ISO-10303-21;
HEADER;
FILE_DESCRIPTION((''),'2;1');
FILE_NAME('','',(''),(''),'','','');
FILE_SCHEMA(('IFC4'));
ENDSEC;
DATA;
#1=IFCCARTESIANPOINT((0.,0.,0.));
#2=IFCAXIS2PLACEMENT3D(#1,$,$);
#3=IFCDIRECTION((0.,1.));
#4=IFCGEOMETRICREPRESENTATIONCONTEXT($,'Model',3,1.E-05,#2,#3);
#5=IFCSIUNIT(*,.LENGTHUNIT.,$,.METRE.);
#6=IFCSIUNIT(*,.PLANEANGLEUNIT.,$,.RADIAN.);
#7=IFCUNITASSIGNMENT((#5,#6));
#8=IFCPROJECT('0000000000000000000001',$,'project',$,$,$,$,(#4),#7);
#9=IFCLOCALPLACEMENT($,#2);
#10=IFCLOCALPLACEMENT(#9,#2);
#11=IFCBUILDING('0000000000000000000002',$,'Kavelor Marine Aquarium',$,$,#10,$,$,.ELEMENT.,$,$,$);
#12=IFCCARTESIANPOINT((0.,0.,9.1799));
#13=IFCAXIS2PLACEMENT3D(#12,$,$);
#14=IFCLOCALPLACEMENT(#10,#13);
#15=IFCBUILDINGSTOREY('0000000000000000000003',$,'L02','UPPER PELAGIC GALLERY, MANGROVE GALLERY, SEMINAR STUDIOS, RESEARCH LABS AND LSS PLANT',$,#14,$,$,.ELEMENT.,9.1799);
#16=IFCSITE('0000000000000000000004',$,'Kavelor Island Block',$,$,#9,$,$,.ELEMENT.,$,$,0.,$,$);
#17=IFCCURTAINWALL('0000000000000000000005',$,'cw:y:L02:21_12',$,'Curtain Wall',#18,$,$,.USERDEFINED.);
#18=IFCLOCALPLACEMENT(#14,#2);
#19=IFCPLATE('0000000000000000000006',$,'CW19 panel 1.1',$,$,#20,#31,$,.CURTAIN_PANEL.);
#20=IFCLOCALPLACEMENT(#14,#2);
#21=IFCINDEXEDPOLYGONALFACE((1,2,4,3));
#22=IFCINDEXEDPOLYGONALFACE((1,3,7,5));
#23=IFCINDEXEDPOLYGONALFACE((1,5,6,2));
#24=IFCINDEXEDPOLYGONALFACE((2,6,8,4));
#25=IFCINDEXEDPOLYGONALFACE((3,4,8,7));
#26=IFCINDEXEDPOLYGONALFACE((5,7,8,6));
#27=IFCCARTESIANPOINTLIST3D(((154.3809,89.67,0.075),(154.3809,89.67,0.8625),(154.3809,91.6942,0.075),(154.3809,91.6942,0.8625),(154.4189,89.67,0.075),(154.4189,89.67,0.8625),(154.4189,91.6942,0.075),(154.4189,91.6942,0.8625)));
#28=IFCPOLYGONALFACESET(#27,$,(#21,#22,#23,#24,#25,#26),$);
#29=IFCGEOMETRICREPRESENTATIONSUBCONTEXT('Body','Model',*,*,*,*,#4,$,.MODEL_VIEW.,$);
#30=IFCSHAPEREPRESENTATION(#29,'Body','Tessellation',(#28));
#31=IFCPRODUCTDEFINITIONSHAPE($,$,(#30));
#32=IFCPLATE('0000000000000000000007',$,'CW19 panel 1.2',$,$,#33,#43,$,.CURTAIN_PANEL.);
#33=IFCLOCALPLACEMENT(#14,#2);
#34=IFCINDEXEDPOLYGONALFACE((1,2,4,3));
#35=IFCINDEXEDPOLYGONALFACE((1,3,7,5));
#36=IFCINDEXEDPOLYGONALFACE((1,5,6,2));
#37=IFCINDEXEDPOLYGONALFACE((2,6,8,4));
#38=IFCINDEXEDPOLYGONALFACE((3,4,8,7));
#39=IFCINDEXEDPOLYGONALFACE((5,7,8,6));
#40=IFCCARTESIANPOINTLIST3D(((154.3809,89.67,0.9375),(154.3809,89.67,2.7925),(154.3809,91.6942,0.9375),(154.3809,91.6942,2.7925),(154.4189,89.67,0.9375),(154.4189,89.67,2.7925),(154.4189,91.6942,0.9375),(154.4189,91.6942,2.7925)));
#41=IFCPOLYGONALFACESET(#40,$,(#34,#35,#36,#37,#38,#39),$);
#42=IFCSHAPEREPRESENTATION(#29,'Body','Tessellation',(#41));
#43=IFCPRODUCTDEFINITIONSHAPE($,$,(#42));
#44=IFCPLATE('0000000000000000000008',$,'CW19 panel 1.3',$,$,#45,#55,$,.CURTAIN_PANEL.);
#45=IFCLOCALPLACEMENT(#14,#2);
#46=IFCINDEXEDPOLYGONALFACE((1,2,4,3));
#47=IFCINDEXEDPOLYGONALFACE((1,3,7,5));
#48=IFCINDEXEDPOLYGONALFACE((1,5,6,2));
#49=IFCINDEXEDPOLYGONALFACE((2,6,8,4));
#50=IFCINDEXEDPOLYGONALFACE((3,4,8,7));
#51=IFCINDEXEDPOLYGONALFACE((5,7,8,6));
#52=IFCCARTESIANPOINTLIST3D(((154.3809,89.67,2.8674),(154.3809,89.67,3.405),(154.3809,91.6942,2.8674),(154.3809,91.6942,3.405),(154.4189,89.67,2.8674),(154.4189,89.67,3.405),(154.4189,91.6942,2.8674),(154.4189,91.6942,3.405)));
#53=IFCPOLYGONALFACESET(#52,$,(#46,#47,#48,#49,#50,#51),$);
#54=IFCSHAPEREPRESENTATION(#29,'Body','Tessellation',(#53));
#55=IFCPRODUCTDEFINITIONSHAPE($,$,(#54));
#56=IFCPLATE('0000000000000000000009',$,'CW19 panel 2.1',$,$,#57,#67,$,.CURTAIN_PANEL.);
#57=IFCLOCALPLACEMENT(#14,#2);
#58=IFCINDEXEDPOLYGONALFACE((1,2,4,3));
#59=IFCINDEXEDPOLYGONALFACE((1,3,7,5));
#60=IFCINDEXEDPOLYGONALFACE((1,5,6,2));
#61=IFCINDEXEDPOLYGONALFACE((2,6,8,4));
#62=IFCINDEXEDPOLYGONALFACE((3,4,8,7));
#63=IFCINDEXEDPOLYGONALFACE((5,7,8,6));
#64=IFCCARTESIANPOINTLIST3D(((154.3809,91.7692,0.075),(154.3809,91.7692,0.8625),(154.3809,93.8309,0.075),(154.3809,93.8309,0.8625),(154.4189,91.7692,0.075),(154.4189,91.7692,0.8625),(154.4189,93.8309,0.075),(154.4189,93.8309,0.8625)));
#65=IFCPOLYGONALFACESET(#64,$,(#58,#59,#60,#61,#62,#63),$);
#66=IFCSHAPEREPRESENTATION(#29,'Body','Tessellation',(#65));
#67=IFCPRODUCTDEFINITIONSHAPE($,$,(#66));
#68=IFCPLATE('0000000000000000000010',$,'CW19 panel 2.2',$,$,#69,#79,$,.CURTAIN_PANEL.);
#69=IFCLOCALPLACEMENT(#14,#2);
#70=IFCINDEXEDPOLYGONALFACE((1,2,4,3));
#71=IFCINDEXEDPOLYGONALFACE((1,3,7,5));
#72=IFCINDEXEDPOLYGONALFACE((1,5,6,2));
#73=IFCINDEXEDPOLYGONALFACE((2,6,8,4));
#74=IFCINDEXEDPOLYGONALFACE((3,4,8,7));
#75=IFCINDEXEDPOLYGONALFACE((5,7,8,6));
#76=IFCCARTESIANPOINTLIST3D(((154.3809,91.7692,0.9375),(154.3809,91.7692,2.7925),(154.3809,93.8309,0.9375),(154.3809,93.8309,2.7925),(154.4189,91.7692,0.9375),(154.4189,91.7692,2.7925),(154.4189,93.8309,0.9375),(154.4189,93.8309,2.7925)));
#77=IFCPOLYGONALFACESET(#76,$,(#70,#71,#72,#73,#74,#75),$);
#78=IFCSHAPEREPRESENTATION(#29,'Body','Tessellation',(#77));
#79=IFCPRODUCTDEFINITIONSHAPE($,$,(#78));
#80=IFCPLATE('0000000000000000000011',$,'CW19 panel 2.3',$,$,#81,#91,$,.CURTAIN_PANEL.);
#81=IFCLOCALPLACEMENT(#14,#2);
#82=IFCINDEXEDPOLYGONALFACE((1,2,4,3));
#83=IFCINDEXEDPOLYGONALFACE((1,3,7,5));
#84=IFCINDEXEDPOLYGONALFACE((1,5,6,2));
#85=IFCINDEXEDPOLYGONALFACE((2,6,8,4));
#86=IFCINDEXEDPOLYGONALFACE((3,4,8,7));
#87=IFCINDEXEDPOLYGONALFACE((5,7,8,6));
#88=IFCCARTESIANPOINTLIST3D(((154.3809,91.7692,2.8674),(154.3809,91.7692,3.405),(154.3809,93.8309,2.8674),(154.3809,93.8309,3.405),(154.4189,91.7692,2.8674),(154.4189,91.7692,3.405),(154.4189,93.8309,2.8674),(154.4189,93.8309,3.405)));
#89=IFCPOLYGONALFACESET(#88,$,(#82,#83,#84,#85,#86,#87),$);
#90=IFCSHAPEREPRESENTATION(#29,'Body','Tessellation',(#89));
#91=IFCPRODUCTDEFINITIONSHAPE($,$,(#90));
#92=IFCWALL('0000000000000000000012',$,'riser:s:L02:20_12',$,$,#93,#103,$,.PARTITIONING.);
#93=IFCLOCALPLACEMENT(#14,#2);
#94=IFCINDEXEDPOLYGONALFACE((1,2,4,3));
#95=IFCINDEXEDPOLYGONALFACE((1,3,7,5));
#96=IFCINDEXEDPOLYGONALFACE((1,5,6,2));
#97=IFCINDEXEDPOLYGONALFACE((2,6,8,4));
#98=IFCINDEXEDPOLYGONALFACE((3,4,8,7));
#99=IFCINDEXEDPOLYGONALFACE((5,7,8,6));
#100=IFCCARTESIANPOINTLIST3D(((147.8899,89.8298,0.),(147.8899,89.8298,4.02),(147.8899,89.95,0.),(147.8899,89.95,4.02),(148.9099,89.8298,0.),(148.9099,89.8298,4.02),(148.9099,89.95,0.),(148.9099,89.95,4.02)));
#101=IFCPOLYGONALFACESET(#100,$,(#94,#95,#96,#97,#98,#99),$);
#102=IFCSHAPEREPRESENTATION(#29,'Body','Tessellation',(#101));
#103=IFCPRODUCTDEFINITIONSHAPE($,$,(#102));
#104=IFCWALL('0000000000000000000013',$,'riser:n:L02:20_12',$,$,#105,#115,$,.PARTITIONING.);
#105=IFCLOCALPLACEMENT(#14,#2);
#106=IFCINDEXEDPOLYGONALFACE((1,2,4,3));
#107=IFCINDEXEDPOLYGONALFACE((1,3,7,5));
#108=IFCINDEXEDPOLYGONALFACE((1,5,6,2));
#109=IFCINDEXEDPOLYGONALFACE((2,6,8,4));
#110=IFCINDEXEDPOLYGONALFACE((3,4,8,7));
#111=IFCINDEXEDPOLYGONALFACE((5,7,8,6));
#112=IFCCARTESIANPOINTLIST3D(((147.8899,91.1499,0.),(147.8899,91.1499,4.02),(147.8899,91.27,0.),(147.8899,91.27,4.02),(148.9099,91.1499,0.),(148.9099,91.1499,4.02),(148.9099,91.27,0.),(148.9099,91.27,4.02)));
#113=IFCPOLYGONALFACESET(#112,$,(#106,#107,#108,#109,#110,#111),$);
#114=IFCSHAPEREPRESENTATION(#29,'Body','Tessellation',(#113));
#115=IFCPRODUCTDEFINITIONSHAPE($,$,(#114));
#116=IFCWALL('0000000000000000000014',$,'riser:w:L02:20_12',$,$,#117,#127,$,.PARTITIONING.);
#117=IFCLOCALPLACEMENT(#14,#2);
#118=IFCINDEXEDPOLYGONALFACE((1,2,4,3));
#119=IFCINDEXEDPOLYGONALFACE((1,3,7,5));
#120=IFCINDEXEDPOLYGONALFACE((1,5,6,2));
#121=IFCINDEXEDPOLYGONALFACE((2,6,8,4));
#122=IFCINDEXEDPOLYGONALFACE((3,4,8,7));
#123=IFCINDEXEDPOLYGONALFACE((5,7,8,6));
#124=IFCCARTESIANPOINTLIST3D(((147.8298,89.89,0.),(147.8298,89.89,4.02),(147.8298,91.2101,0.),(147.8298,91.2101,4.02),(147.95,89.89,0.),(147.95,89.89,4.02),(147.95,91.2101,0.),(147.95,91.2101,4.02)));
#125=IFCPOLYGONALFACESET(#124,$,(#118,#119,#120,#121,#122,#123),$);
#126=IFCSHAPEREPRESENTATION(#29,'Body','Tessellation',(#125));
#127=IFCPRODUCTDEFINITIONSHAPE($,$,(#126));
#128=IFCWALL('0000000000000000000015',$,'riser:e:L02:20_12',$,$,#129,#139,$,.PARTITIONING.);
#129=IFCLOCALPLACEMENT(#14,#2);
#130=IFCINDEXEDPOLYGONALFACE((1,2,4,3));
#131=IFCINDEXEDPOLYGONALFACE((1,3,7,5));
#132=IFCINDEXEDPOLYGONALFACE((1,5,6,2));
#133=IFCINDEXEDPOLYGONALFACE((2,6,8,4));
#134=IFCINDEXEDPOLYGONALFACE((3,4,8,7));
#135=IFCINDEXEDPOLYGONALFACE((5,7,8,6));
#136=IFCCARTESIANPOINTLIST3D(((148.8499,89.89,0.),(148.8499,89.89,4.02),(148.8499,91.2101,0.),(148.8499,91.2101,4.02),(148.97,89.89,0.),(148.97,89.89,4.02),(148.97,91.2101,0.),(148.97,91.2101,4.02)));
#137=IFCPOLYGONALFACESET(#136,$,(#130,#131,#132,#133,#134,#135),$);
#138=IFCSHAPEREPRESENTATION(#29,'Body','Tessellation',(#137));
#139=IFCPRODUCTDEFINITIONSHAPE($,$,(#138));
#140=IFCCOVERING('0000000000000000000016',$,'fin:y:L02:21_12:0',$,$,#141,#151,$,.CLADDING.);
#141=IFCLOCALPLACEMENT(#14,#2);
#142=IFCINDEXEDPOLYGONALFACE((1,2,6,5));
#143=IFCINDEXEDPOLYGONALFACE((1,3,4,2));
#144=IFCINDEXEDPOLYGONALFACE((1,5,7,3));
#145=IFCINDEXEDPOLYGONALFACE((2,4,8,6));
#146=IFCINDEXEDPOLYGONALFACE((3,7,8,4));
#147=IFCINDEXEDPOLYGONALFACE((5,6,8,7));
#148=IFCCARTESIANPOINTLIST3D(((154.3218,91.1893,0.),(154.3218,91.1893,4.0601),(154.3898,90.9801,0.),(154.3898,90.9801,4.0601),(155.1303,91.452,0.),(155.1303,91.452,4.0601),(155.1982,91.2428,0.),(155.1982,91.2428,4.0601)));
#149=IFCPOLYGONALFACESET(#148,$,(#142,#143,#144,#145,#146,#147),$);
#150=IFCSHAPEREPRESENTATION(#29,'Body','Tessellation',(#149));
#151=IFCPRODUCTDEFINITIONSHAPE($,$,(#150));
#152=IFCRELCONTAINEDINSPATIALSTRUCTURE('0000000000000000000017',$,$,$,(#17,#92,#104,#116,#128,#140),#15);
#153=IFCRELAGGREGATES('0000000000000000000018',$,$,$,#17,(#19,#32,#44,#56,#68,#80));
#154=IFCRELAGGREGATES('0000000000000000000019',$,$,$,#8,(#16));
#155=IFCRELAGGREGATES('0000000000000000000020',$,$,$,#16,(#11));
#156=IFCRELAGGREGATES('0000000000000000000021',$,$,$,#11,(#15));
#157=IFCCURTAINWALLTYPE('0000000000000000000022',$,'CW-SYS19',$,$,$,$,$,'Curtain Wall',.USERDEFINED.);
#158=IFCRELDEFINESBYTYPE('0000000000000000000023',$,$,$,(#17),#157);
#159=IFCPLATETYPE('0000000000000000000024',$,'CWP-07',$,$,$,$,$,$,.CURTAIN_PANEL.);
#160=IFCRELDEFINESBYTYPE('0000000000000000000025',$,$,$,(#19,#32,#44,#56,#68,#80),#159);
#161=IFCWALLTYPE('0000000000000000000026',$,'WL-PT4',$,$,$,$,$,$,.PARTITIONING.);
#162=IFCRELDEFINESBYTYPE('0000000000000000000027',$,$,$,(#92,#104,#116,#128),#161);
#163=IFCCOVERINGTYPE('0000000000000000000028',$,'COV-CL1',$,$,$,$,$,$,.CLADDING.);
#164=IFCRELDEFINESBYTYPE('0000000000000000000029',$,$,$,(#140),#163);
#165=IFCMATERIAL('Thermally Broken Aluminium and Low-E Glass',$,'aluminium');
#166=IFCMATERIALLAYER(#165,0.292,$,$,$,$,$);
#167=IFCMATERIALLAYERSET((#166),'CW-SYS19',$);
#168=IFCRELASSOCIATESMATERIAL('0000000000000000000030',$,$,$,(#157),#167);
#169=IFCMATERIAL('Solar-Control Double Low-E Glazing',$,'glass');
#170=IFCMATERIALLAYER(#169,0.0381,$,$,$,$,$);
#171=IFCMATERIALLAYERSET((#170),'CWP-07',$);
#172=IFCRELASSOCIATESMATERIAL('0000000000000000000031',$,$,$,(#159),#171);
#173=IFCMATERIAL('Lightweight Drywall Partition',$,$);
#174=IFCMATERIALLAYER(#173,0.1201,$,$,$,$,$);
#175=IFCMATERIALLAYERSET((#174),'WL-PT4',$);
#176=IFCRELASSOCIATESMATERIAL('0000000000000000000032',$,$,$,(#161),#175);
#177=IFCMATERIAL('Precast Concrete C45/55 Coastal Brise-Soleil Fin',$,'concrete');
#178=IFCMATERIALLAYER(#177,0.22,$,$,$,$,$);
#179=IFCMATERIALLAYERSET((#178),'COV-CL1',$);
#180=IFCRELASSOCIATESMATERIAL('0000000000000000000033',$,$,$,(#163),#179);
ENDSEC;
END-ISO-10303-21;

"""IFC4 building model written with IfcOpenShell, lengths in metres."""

from ifc_helpers import new_model, si_unit, direction, frame, frame_2d, origin, origin_2d, place, context, subcontext, project, spatial, rectangle, extrude, material, layer, layer_set, type_object, element, aggregate, save


model = new_model("IFC4")

# Units and contexts
model_context = context("Model", 3, precision=1e-05, world=origin(), true_north=direction((0.0, 1.0)))
body_context = subcontext(model_context, "Body", "Model", "MODEL_VIEW")
ifc_project = project(units=[si_unit("LENGTHUNIT", "METRE"), si_unit("PLANEANGLEUNIT", "RADIAN")], contexts=[model_context])

# Site, building, storey
site_placement = place(None, origin())
site = spatial("IfcSite", under=ifc_project, at=site_placement, Name="Kavelor Island Block", CompositionType="ELEMENT", RefElevation=0.0)
building_placement = place(site_placement, origin())
building = spatial("IfcBuilding", under=site, at=building_placement, Name="Kavelor Marine Aquarium", CompositionType="ELEMENT")
storey_placement = place(building_placement, frame((0.0, 0.0, 9.1799)))
storey = spatial("IfcBuildingStorey", under=building, at=storey_placement, Name="L02", Description="UPPER PELAGIC GALLERY, MANGROVE GALLERY, SEMINAR STUDIOS, RESEARCH LABS AND LSS PLANT", CompositionType="ELEMENT", Elevation=9.1799)

# Curtain wall
ifc_material_1 = material(Name="Thermally Broken Aluminium and Low-E Glass", Category="aluminium")
ifc_layer_1 = layer(ifc_material_1, 0.292)
ifc_layer_set_1 = layer_set([ifc_layer_1], Name="CW-SYS19")
curtain_wall_type_1 = type_object("IfcCurtainWallType", Name="CW-SYS19", ElementType="Curtain Wall", PredefinedType="USERDEFINED", material=ifc_layer_set_1)
curtain_wall_1_placement = place(storey_placement, origin())
curtain_wall_1 = element("IfcCurtainWall", 1, at=curtain_wall_1_placement, inside=storey, type_object=curtain_wall_type_1, Name="cw:y:L02:21_12", ObjectType="Curtain Wall", PredefinedType="USERDEFINED")

# Plates
ifc_material_2 = material(Name="Solar-Control Double Low-E Glazing", Category="glass")
ifc_layer_2 = layer(ifc_material_2, 0.0381)
ifc_layer_set_2 = layer_set([ifc_layer_2], Name="CWP-07")
plate_type = type_object("IfcPlateType", Name="CWP-07", PredefinedType="CURTAIN_PANEL", material=ifc_layer_set_2)
plate_1_placement = place(storey_placement, frame((154.3999, 90.6821, 0.075), z_axis=(0.0, 0.0, 1.0), x_axis=(0.0, 1.0, 0.0)))
plate_1 = element("IfcPlate", 2, at=plate_1_placement, type_object=plate_type, Name="CW19 panel 1.1", PredefinedType="CURTAIN_PANEL", context=body_context, shape_type="SweptSolid", body=[
    extrude(rectangle(XDim=2.0242, YDim=0.0381, at=origin_2d()), origin(), (0.0, 0.0, 1.0), 0.7876),
])
plate_2_placement = place(storey_placement, frame((154.3999, 90.6821, 0.9375), z_axis=(0.0, 0.0, 1.0), x_axis=(0.0, 1.0, 0.0)))
plate_2 = element("IfcPlate", 3, at=plate_2_placement, type_object=plate_type, Name="CW19 panel 1.2", PredefinedType="CURTAIN_PANEL", context=body_context, shape_type="SweptSolid", body=[
    extrude(rectangle(XDim=2.0242, YDim=0.0381, at=origin_2d()), origin(), (0.0, 0.0, 1.0), 1.855),
])
plate_3_placement = place(storey_placement, frame((154.3999, 90.6821, 2.8674), z_axis=(0.0, 0.0, 1.0), x_axis=(0.0, 1.0, 0.0)))
plate_3 = element("IfcPlate", 4, at=plate_3_placement, type_object=plate_type, Name="CW19 panel 1.3", PredefinedType="CURTAIN_PANEL", context=body_context, shape_type="SweptSolid", body=[
    extrude(rectangle(XDim=2.0242, YDim=0.0381, at=origin_2d()), origin(), (0.0, 0.0, 1.0), 0.5376),
])
plate_4_placement = place(storey_placement, frame((154.3999, 92.8, 0.075), z_axis=(0.0, 0.0, 1.0), x_axis=(0.0, 1.0, 0.0)))
plate_4 = element("IfcPlate", 5, at=plate_4_placement, type_object=plate_type, Name="CW19 panel 2.1", PredefinedType="CURTAIN_PANEL", context=body_context, shape_type="SweptSolid", body=[
    extrude(rectangle(XDim=2.0618, YDim=0.0381, at=origin_2d()), origin(), (0.0, 0.0, 1.0), 0.7876),
])
plate_5_placement = place(storey_placement, frame((154.3999, 92.8, 0.9375), z_axis=(0.0, 0.0, 1.0), x_axis=(0.0, 1.0, 0.0)))
plate_5 = element("IfcPlate", 6, at=plate_5_placement, type_object=plate_type, Name="CW19 panel 2.2", PredefinedType="CURTAIN_PANEL", context=body_context, shape_type="SweptSolid", body=[
    extrude(rectangle(XDim=2.0618, YDim=0.0381, at=origin_2d()), origin(), (0.0, 0.0, 1.0), 1.855),
])
plate_6_placement = place(storey_placement, frame((154.3999, 92.8, 2.8674), z_axis=(0.0, 0.0, 1.0), x_axis=(0.0, 1.0, 0.0)))
plate_6 = element("IfcPlate", 7, at=plate_6_placement, type_object=plate_type, Name="CW19 panel 2.3", PredefinedType="CURTAIN_PANEL", context=body_context, shape_type="SweptSolid", body=[
    extrude(rectangle(XDim=2.0618, YDim=0.0381, at=origin_2d()), origin(), (0.0, 0.0, 1.0), 0.5376),
])
aggregate(curtain_wall_1, [plate_1, plate_2, plate_3, plate_4, plate_5, plate_6])

# Walls
ifc_material_3 = material(Name="Lightweight Drywall Partition")
ifc_layer_3 = layer(ifc_material_3, 0.1201)
ifc_layer_set_3 = layer_set([ifc_layer_3], Name="WL-PT4")
wall_type = type_object("IfcWallType", Name="WL-PT4", PredefinedType="PARTITIONING", material=ifc_layer_set_3)
for number, where, z_axis, x_axis, name in (
    (8, (147.8899, 89.8899, 0.0), (0.0, 0.0, 1.0), (1.0, 0.0, 0.0), "riser:s:L02:20_12"),
    (9, (147.8899, 91.21, 0.0), (0.0, 0.0, 1.0), (1.0, 0.0, 0.0), "riser:n:L02:20_12"),
):
    element("IfcWall", number, at=place(storey_placement, frame(where, z_axis=z_axis, x_axis=x_axis)), inside=storey, type_object=wall_type, Name=name, PredefinedType="PARTITIONING", context=body_context, shape_type="SweptSolid", body=[
        extrude(rectangle(XDim=1.02, YDim=0.1201, at=frame_2d((0.51, 0.0))), origin(), (0.0, 0.0, 1.0), 4.02),
    ])
for number, where, z_axis, x_axis, name in (
    (10, (147.8899, 89.8899, 0.0), (0.0, 0.0, 1.0), (0.0, 1.0, 0.0), "riser:w:L02:20_12"),
    (11, (148.9099, 89.8899, 0.0), (0.0, 0.0, 1.0), (0.0, 1.0, 0.0), "riser:e:L02:20_12"),
):
    element("IfcWall", number, at=place(storey_placement, frame(where, z_axis=z_axis, x_axis=x_axis)), inside=storey, type_object=wall_type, Name=name, PredefinedType="PARTITIONING", context=body_context, shape_type="SweptSolid", body=[
        extrude(rectangle(XDim=1.3201, YDim=0.1201, at=frame_2d((0.6602, 0.0))), origin(), (0.0, 0.0, 1.0), 4.02),
    ])

# Covering
ifc_material_4 = material(Name="Precast Concrete C45/55 Coastal Brise-Soleil Fin", Category="concrete")
ifc_layer_4 = layer(ifc_material_4, 0.22)
ifc_layer_set_4 = layer_set([ifc_layer_4], Name="COV-CL1")
covering_type = type_object("IfcCoveringType", Name="COV-CL1", PredefinedType="CLADDING", material=ifc_layer_set_4)
covering_placement = place(storey_placement, frame((154.76, 91.2161, 0.0), z_axis=(0.0, 0.0, 1.0), x_axis=(0.951057, 0.309017, 0.0)))
element("IfcCovering", 12, at=covering_placement, inside=storey, type_object=covering_type, Name="fin:y:L02:21_12:0", PredefinedType="CLADDING", context=body_context, shape_type="SweptSolid", body=[
    extrude(rectangle(XDim=0.8501, YDim=0.22, at=origin_2d()), origin(), (0.0, 0.0, 1.0), 4.0601),
])

save(model, "model.ifc")
